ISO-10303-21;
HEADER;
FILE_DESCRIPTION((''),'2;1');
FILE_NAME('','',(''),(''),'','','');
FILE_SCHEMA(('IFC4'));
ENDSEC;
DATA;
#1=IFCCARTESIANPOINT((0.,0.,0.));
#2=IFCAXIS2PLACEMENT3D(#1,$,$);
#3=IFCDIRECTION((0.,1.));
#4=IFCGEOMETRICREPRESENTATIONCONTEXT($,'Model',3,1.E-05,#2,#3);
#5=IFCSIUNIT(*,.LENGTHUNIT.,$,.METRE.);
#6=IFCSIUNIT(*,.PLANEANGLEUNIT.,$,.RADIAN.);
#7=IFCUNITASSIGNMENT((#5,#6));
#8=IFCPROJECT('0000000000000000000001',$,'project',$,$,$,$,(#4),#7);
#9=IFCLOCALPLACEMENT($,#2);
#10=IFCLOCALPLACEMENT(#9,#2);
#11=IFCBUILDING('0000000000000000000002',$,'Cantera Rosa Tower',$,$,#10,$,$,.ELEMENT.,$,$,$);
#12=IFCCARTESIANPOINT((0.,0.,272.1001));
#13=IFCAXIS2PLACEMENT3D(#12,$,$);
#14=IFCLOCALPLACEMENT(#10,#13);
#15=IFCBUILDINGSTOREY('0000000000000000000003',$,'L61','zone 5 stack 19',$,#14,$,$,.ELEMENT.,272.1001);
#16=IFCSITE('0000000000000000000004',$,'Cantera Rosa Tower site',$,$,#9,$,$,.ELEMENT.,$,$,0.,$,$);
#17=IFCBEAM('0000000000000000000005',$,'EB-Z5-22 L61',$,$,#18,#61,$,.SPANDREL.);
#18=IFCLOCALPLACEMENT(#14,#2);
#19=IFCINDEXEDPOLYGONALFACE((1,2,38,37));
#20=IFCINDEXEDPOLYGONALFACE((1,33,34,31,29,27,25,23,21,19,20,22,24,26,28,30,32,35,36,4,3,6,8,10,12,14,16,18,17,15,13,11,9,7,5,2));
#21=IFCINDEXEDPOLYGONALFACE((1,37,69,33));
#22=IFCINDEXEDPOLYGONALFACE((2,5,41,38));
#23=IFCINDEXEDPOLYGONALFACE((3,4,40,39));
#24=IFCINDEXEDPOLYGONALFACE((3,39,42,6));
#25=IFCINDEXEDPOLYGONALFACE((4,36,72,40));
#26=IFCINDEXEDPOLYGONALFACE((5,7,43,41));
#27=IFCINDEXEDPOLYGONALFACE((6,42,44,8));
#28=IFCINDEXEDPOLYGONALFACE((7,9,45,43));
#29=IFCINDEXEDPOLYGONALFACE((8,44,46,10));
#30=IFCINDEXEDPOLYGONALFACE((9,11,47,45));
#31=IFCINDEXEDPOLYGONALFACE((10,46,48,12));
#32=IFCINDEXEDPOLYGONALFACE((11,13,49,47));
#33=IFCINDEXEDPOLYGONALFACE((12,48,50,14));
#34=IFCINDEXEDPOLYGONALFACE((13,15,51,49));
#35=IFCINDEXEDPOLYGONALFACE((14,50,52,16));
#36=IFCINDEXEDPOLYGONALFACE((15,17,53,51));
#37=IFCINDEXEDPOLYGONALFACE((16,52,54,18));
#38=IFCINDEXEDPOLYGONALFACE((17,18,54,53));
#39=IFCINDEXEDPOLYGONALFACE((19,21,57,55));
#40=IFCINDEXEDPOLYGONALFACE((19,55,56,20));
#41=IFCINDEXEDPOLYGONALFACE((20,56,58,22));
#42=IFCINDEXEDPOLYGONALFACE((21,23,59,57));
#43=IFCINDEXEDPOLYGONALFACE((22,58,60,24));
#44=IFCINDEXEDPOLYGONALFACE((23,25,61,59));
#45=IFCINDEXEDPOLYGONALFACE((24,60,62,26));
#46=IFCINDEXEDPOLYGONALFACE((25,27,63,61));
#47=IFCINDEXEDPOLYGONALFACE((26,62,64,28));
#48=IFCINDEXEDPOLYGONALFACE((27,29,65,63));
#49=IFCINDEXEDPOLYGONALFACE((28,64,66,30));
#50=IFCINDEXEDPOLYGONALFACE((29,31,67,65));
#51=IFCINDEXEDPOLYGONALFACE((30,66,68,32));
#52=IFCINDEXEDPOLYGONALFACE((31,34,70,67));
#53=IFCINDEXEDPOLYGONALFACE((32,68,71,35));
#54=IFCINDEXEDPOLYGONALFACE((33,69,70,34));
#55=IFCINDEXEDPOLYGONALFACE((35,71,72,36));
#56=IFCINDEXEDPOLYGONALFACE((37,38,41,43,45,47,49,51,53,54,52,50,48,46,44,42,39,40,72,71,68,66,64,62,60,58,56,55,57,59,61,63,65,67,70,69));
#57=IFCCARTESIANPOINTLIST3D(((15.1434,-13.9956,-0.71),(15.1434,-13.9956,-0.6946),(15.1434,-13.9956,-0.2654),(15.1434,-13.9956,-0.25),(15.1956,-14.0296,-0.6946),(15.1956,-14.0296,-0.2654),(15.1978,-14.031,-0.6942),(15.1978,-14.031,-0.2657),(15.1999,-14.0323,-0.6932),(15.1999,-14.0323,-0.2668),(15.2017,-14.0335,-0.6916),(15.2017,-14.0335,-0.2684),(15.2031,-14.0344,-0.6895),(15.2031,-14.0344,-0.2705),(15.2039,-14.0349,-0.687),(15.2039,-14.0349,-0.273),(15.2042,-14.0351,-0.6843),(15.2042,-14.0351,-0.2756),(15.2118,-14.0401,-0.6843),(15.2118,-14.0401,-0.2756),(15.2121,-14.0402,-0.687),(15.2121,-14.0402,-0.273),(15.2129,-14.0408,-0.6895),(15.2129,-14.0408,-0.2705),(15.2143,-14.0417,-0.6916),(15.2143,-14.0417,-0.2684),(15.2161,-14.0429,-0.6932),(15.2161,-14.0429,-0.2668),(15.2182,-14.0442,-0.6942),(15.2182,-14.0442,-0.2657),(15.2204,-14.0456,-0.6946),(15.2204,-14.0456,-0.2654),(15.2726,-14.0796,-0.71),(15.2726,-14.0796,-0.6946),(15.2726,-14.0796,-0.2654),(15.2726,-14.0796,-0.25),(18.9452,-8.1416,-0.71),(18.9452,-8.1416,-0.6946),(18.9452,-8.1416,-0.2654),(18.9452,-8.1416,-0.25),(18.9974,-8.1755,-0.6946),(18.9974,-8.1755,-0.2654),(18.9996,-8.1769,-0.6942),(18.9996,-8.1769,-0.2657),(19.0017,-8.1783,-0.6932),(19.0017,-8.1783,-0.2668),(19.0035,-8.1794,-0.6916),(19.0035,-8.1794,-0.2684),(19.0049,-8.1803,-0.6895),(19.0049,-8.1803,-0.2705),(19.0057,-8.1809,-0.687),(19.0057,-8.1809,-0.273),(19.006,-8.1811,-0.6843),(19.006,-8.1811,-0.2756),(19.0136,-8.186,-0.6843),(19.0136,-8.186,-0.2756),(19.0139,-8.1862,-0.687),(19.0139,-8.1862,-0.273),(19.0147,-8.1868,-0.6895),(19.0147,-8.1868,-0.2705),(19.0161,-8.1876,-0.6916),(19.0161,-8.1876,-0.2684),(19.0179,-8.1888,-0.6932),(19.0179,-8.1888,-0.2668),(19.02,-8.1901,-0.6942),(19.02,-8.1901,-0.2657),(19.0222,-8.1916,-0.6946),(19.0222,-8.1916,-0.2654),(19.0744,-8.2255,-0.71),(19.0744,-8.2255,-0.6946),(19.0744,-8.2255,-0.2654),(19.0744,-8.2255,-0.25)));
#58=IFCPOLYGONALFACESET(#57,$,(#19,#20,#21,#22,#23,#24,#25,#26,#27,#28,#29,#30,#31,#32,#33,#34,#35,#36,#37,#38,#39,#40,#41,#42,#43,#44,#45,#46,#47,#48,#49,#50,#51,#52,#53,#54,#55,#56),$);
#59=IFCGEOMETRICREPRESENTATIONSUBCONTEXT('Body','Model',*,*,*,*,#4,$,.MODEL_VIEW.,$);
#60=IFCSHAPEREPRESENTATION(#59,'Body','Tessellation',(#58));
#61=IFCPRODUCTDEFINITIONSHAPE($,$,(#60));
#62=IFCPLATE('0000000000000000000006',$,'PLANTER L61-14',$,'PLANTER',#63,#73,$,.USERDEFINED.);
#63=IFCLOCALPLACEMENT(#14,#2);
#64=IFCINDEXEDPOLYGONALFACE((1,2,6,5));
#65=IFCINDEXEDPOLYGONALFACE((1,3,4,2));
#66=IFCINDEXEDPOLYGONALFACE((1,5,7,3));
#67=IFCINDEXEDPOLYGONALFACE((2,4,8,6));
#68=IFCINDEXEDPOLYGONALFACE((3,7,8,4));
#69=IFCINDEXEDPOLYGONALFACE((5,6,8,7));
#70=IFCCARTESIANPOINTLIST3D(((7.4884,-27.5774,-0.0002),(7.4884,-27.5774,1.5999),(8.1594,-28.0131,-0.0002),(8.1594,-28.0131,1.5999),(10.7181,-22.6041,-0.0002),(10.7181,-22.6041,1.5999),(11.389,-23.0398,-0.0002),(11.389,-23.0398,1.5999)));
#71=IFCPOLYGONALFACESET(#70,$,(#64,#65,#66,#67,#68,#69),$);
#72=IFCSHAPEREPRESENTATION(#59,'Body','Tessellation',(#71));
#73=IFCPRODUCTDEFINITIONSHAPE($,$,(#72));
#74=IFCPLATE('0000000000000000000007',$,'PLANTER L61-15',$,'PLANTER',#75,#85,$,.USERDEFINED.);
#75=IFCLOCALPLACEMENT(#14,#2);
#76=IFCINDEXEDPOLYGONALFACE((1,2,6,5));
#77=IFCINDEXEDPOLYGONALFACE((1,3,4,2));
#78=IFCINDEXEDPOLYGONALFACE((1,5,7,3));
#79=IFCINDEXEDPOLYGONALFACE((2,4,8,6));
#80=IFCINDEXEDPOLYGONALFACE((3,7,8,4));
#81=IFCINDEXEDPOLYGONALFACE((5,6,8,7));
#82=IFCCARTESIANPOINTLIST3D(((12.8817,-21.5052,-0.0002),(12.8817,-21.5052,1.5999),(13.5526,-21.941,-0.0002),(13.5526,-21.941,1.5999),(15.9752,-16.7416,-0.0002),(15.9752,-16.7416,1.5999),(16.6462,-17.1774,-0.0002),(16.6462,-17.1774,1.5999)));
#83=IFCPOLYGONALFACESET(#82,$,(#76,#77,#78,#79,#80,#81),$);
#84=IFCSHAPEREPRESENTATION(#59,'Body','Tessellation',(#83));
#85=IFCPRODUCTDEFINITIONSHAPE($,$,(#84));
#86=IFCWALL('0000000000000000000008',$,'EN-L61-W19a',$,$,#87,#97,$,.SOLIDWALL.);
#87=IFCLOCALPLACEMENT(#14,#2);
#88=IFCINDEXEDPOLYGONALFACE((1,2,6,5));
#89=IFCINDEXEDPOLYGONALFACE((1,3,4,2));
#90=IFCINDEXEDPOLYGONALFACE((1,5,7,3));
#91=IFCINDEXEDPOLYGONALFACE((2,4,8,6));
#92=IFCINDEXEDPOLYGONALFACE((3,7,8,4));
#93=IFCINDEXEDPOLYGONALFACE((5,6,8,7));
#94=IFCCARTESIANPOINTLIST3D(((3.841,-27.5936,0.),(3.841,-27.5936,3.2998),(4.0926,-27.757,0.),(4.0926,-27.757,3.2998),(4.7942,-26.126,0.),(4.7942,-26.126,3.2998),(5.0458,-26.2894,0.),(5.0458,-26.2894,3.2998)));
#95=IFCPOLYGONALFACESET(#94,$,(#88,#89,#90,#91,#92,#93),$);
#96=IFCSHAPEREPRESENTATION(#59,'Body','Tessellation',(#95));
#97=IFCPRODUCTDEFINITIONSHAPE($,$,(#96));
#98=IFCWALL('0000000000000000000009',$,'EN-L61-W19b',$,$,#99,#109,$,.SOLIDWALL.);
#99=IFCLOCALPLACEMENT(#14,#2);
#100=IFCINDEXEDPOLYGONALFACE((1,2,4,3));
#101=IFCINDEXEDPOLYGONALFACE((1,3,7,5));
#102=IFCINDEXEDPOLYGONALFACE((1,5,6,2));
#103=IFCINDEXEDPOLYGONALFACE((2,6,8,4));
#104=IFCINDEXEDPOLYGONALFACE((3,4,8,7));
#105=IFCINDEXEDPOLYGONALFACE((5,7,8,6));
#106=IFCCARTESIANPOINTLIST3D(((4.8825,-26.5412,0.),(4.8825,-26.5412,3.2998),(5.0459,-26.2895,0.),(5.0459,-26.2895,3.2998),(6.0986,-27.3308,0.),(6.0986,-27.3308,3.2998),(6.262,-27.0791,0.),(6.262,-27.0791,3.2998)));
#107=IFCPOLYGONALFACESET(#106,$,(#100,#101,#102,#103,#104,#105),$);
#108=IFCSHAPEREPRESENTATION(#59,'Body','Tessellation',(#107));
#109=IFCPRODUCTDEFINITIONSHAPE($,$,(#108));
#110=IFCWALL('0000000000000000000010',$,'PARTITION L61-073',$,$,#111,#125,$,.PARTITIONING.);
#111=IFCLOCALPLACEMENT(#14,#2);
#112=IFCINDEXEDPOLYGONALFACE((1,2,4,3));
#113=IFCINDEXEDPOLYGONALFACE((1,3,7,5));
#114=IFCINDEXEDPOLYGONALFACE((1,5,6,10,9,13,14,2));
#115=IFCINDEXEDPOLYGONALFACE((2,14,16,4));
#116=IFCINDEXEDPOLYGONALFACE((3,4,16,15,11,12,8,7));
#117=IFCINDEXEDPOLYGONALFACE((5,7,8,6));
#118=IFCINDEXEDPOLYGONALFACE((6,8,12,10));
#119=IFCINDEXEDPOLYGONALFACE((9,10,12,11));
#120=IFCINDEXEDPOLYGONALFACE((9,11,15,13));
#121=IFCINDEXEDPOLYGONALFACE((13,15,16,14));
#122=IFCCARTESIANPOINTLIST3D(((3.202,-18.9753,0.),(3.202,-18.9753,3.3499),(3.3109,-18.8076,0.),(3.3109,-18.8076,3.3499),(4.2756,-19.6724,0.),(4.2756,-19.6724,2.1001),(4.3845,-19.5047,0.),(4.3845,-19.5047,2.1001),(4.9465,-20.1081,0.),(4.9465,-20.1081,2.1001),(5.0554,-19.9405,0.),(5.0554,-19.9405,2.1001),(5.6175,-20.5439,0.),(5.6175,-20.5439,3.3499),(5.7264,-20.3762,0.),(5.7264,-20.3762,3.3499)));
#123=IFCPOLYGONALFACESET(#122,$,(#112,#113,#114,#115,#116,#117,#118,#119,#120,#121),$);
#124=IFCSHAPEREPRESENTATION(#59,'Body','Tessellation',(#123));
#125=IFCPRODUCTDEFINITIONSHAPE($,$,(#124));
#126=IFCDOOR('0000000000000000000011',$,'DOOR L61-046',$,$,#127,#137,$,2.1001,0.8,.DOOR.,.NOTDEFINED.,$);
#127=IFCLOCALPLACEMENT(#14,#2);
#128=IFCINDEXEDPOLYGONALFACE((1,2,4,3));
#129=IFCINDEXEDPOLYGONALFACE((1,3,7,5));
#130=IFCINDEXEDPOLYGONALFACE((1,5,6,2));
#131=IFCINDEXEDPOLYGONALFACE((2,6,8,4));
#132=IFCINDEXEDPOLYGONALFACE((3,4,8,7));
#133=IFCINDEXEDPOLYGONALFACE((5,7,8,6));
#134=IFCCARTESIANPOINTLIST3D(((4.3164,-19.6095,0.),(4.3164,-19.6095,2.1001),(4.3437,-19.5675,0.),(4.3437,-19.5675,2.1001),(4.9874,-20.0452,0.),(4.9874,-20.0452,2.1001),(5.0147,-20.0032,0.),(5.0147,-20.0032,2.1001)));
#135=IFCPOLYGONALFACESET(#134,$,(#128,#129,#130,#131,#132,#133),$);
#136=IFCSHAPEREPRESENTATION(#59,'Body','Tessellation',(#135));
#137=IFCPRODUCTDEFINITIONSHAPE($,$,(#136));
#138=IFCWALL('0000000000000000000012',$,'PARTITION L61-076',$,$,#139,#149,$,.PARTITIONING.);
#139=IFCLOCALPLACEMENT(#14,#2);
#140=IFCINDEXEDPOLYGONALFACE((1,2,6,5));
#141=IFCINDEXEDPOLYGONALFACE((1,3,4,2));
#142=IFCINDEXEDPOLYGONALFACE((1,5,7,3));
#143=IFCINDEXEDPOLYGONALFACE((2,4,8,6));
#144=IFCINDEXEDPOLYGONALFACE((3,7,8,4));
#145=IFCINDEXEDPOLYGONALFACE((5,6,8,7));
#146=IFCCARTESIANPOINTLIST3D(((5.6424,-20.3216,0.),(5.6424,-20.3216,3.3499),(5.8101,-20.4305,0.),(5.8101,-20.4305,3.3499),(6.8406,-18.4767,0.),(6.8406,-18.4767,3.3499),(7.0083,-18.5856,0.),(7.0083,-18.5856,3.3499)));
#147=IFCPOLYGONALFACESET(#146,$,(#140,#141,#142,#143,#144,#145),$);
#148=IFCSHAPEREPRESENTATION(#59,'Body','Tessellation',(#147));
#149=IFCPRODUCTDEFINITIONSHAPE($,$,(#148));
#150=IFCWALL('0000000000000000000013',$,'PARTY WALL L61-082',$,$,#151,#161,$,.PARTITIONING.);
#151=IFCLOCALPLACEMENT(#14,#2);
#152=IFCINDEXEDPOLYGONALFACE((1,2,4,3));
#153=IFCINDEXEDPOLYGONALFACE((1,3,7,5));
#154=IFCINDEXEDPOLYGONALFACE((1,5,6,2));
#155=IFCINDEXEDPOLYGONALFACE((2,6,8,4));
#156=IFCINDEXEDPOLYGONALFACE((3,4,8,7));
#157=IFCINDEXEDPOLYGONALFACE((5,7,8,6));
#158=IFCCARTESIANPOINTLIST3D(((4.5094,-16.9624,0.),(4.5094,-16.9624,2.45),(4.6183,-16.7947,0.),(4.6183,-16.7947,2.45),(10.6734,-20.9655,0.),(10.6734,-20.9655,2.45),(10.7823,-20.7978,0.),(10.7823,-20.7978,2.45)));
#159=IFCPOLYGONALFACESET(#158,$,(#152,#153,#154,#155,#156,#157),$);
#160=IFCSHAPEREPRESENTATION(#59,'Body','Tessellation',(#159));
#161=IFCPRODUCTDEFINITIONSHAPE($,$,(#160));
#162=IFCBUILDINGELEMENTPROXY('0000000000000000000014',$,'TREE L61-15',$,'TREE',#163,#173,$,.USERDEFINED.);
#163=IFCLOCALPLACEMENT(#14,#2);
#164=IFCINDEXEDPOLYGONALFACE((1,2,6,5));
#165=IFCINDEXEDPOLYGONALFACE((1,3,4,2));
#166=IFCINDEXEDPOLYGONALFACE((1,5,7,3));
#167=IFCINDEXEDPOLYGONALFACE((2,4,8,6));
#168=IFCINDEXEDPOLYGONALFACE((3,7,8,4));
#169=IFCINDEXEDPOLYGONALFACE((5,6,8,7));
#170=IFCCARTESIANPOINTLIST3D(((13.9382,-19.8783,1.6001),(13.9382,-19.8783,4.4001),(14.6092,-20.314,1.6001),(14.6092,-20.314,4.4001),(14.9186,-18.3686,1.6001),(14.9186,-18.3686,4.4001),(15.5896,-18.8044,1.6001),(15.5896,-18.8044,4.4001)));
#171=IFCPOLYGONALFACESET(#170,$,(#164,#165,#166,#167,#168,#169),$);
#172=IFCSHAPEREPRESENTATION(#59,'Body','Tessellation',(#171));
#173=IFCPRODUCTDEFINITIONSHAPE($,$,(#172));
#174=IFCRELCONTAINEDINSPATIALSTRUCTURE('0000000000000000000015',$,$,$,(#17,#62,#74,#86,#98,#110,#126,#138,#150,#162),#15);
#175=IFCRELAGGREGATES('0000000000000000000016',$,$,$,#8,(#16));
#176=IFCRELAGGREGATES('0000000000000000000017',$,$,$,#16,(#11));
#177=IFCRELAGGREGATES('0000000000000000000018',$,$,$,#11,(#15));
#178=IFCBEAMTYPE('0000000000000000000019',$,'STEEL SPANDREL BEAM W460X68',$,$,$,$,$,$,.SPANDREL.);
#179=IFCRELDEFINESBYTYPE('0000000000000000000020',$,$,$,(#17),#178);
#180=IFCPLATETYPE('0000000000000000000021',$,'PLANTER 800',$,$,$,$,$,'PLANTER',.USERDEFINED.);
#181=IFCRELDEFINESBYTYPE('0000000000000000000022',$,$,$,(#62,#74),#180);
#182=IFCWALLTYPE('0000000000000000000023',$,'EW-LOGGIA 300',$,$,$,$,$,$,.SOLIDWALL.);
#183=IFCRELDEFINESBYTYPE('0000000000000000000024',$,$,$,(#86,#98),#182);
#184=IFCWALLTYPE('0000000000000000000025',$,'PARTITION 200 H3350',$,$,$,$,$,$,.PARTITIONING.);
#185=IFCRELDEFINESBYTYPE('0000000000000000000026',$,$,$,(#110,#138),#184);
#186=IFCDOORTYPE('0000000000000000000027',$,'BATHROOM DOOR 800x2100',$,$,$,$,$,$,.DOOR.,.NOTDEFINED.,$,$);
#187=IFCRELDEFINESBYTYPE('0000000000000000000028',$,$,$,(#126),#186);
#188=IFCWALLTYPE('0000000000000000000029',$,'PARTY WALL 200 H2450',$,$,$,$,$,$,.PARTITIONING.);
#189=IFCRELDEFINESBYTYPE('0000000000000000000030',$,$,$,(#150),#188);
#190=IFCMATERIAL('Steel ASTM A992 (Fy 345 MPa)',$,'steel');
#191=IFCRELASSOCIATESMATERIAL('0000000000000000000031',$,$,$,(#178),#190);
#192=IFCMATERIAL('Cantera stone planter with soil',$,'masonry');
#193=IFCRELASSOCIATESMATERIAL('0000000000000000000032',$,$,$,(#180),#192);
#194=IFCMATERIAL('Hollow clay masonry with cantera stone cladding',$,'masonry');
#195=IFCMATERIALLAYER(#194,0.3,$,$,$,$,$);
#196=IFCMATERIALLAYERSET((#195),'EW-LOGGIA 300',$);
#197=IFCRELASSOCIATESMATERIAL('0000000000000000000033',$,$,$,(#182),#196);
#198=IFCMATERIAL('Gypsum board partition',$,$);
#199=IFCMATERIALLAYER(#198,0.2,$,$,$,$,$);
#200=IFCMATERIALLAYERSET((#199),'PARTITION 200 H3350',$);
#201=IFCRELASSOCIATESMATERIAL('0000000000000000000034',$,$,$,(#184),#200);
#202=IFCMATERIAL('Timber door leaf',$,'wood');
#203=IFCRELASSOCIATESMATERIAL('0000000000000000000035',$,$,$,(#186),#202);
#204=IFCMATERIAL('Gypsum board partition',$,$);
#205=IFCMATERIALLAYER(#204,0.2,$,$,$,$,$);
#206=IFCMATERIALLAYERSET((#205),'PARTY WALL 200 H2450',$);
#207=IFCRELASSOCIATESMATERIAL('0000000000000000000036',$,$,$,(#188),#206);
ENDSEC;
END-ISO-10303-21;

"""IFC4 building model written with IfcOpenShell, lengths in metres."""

from ifc_helpers import new_model, si_unit, direction, frame, frame_2d, origin, origin_2d, place, context, subcontext, project, spatial, rectangle, i_section, extrude, material, layer, layer_set, material_profile, profile_set, type_object, element, fill, save


model = new_model("IFC4")

# Units and contexts
model_context = context("Model", 3, precision=1e-05, world=origin(), true_north=direction((0.0, 1.0)))
body_context = subcontext(model_context, "Body", "Model", "MODEL_VIEW")
ifc_project = project(units=[si_unit("LENGTHUNIT", "METRE"), si_unit("PLANEANGLEUNIT", "RADIAN")], contexts=[model_context])

# Site, building, storey
site_placement = place(None, origin())
site = spatial("IfcSite", under=ifc_project, at=site_placement, Name="Cantera Rosa Tower site", CompositionType="ELEMENT", RefElevation=0.0)
building_placement = place(site_placement, origin())
building = spatial("IfcBuilding", under=site, at=building_placement, Name="Cantera Rosa Tower", CompositionType="ELEMENT")
storey_placement = place(building_placement, frame((0.0, 0.0, 272.1001)))
storey = spatial("IfcBuildingStorey", under=building, at=storey_placement, Name="L61", Description="zone 5 stack 19", CompositionType="ELEMENT", Elevation=272.1001)

# Beam
ifc_material_1 = material(Name="Steel ASTM A992 (Fy 345 MPa)", Category="steel")
ifc_material_profile_1 = material_profile(ifc_material_1, i_section(OverallWidth=0.1541, OverallDepth=0.46, WebThickness=0.009, FlangeThickness=0.0154, FilletRadius=0.0103, at=origin_2d()), Name="W460X68")
ifc_profile_set_1 = profile_set([ifc_material_profile_1], Name="Steel ASTM A992 (Fy 345 MPa)")
beam_type_1 = type_object("IfcBeamType", Name="STEEL SPANDREL BEAM W460X68", PredefinedType="SPANDREL", material=ifc_profile_set_1)
for number, where, z_axis, x_axis, name in (
    (1, (15.208, -14.0376, -0.48), (0.544651, 0.838663, 0.0), (-0.838663, 0.544651, 0.0), "EB-Z5-22 L61"),
):
    element("IfcBeam", number, at=place(storey_placement, frame(where, z_axis=z_axis, x_axis=x_axis)), inside=storey, type_object=beam_type_1, Name=name, PredefinedType="SPANDREL", context=body_context, shape_type="SweptSolid", body=[
        extrude(i_section(OverallWidth=0.1541, OverallDepth=0.46, WebThickness=0.009, FlangeThickness=0.0154, FilletRadius=0.0103, at=origin_2d()), origin(), (0.0, 0.0, 1.0), 6.9802),
    ])

# Plates
ifc_material_2 = material(Name="Cantera stone planter with soil", Category="masonry")
plate_type = type_object("IfcPlateType", Name="PLANTER 800", ElementType="PLANTER", PredefinedType="USERDEFINED", material=ifc_material_2)
plate_1_placement = place(storey_placement, frame((9.4387, -25.3086, -0.0002), z_axis=(0.0, 0.0, 1.0), x_axis=(0.544639, 0.838671, 0.0)))
element("IfcPlate", 2, at=plate_1_placement, inside=storey, type_object=plate_type, Name="PLANTER L61-14", ObjectType="PLANTER", PredefinedType="USERDEFINED", context=body_context, shape_type="SweptSolid", body=[
    extrude(rectangle(XDim=5.9299, YDim=0.8, at=origin_2d()), origin(), (0.0, 0.0, 1.0), 1.6001),
])
plate_2_placement = place(storey_placement, frame((14.7639, -19.3413, -0.0002), z_axis=(0.0, 0.0, 1.0), x_axis=(0.544639, 0.838671, 0.0)))
element("IfcPlate", 3, at=plate_2_placement, inside=storey, type_object=plate_type, Name="PLANTER L61-15", ObjectType="PLANTER", PredefinedType="USERDEFINED", context=body_context, shape_type="SweptSolid", body=[
    extrude(rectangle(XDim=5.6799, YDim=0.8, at=origin_2d()), origin(), (0.0, 0.0, 1.0), 1.6001),
])

# Walls
ifc_material_3 = material(Name="Hollow clay masonry with cantera stone cladding", Category="masonry")
ifc_layer_1 = layer(ifc_material_3, 0.3)
ifc_layer_set_1 = layer_set([ifc_layer_1], Name="EW-LOGGIA 300")
wall_type_1 = type_object("IfcWallType", Name="EW-LOGGIA 300", PredefinedType="SOLIDWALL", material=ifc_layer_set_1)
wall_1_placement = place(storey_placement, frame((3.9668, -27.6753, 0.0), z_axis=(0.0, 0.0, 1.0), x_axis=(0.544679, 0.838644, 0.0)))
element("IfcWall", 4, at=wall_1_placement, inside=storey, type_object=wall_type_1, Name="EN-L61-W19a", PredefinedType="SOLIDWALL", context=body_context, shape_type="SweptSolid", body=[
    extrude(rectangle(XDim=1.75, YDim=0.3, at=frame_2d((0.875, 0.0))), origin(), (0.0, 0.0, 1.0), 3.2998),
])
wall_2_placement = place(storey_placement, frame((4.9641, -26.4153, 0.0), z_axis=(0.0, 0.0, 1.0), x_axis=(0.838724, -0.544556, 0.0)))
element("IfcWall", 5, at=wall_2_placement, inside=storey, type_object=wall_type_1, Name="EN-L61-W19b", PredefinedType="SOLIDWALL", context=body_context, shape_type="SweptSolid", body=[
    extrude(rectangle(XDim=1.45, YDim=0.3, at=frame_2d((0.7251, 0.0))), origin(), (0.0, 0.0, 1.0), 3.2998),
])

# Wall, opening, door
ifc_material_4 = material(Name="Gypsum board partition")
ifc_layer_2 = layer(ifc_material_4, 0.2)
ifc_layer_set_2 = layer_set([ifc_layer_2], Name="PARTITION 200 H3350")
wall_type_2 = type_object("IfcWallType", Name="PARTITION 200 H3350", PredefinedType="PARTITIONING", material=ifc_layer_set_2)
wall_3_placement = place(storey_placement, frame((5.6719, -20.46, 0.0), z_axis=(0.0, 0.0, 1.0), x_axis=(-0.83868, 0.544625, 0.0)))
wall_3 = element("IfcWall", 6, at=wall_3_placement, inside=storey, type_object=wall_type_2, Name="PARTITION L61-073", PredefinedType="PARTITIONING", context=body_context, shape_type="SweptSolid", body=[
    extrude(rectangle(XDim=2.8801, YDim=0.2, at=frame_2d((1.4399, 0.0))), origin(), (0.0, 0.0, 1.0), 3.3499),
])
opening_1_placement = place(wall_3_placement, frame((0.8, 0.0, 0.0)))
opening_1 = element("IfcOpeningElement", 7, at=opening_1_placement, cuts=wall_3, PredefinedType="OPENING", context=body_context, shape_type="SweptSolid", body=[
    extrude(rectangle(XDim=0.8, YDim=2.1001, at=frame_2d((0.3999, 1.05))), frame((0.0, 0.1099, 0.0), z_axis=(0.0, -1.0, 0.0), x_axis=(1.0, 0.0, 0.0)), (0.0, 0.0, 1.0), 0.22),
])
ifc_material_5 = material(Name="Timber door leaf", Category="wood")
door_type_1 = type_object("IfcDoorType", Name="BATHROOM DOOR 800x2100", OperationType="NOTDEFINED", PredefinedType="DOOR", material=ifc_material_5)
door_1_placement = place(opening_1_placement, origin())
door_1 = element("IfcDoor", 8, at=door_1_placement, inside=storey, type_object=door_type_1, Name="DOOR L61-046", OperationType="NOTDEFINED", OverallHeight=2.1001, OverallWidth=0.8, PredefinedType="DOOR", context=body_context, shape_type="SweptSolid", body=[
    extrude(rectangle(XDim=0.8, YDim=2.1001, at=frame_2d((0.3999, 1.05))), frame((0.0, 0.0249, 0.0), z_axis=(0.0, -1.0, 0.0), x_axis=(1.0, 0.0, 0.0)), (0.0, 0.0, 1.0), 0.05),
])
fill(opening_1, door_1)

# Walls
wall_4_placement = place(storey_placement, frame((6.9246, -18.531, 0.0), z_axis=(0.0, 0.0, 1.0), x_axis=(-0.544672, -0.838649, 0.0)))
element("IfcWall", 9, at=wall_4_placement, inside=storey, type_object=wall_type_2, Name="PARTITION L61-076", PredefinedType="PARTITIONING", context=body_context, shape_type="SweptSolid", body=[
    extrude(rectangle(XDim=2.2, YDim=0.2, at=frame_2d((1.1001, 0.0))), origin(), (0.0, 0.0, 1.0), 3.3499),
])
ifc_material_6 = material(Name="Gypsum board partition")
ifc_layer_3 = layer(ifc_material_6, 0.2)
ifc_layer_set_3 = layer_set([ifc_layer_3], Name="PARTY WALL 200 H2450")
wall_type_3 = type_object("IfcWallType", Name="PARTY WALL 200 H2450", PredefinedType="PARTITIONING", material=ifc_layer_set_3)
wall_5_placement = place(storey_placement, frame((10.7278, -20.8816, 0.0), z_axis=(0.0, 0.0, 1.0), x_axis=(-0.838659, 0.544657, 0.0)))
element("IfcWall", 10, at=wall_5_placement, inside=storey, type_object=wall_type_3, Name="PARTY WALL L61-082", PredefinedType="PARTITIONING", context=body_context, shape_type="SweptSolid", body=[
    extrude(rectangle(XDim=7.3499, YDim=0.2, at=frame_2d((3.6748, 0.0))), origin(), (0.0, 0.0, 1.0), 2.45),
])

# Building element proxy
proxy_placement = place(storey_placement, frame((14.7639, -19.3413, 1.6001), z_axis=(0.0, 0.0, 1.0), x_axis=(0.544639, 0.838671, 0.0)))
element("IfcBuildingElementProxy", 11, at=proxy_placement, inside=storey, Name="TREE L61-15", ObjectType="TREE", PredefinedType="USERDEFINED", context=body_context, shape_type="SweptSolid", body=[
    extrude(rectangle(XDim=1.8, YDim=0.8, at=origin_2d()), origin(), (0.0, 0.0, 1.0), 2.8),
])

save(model, "model.ifc")
